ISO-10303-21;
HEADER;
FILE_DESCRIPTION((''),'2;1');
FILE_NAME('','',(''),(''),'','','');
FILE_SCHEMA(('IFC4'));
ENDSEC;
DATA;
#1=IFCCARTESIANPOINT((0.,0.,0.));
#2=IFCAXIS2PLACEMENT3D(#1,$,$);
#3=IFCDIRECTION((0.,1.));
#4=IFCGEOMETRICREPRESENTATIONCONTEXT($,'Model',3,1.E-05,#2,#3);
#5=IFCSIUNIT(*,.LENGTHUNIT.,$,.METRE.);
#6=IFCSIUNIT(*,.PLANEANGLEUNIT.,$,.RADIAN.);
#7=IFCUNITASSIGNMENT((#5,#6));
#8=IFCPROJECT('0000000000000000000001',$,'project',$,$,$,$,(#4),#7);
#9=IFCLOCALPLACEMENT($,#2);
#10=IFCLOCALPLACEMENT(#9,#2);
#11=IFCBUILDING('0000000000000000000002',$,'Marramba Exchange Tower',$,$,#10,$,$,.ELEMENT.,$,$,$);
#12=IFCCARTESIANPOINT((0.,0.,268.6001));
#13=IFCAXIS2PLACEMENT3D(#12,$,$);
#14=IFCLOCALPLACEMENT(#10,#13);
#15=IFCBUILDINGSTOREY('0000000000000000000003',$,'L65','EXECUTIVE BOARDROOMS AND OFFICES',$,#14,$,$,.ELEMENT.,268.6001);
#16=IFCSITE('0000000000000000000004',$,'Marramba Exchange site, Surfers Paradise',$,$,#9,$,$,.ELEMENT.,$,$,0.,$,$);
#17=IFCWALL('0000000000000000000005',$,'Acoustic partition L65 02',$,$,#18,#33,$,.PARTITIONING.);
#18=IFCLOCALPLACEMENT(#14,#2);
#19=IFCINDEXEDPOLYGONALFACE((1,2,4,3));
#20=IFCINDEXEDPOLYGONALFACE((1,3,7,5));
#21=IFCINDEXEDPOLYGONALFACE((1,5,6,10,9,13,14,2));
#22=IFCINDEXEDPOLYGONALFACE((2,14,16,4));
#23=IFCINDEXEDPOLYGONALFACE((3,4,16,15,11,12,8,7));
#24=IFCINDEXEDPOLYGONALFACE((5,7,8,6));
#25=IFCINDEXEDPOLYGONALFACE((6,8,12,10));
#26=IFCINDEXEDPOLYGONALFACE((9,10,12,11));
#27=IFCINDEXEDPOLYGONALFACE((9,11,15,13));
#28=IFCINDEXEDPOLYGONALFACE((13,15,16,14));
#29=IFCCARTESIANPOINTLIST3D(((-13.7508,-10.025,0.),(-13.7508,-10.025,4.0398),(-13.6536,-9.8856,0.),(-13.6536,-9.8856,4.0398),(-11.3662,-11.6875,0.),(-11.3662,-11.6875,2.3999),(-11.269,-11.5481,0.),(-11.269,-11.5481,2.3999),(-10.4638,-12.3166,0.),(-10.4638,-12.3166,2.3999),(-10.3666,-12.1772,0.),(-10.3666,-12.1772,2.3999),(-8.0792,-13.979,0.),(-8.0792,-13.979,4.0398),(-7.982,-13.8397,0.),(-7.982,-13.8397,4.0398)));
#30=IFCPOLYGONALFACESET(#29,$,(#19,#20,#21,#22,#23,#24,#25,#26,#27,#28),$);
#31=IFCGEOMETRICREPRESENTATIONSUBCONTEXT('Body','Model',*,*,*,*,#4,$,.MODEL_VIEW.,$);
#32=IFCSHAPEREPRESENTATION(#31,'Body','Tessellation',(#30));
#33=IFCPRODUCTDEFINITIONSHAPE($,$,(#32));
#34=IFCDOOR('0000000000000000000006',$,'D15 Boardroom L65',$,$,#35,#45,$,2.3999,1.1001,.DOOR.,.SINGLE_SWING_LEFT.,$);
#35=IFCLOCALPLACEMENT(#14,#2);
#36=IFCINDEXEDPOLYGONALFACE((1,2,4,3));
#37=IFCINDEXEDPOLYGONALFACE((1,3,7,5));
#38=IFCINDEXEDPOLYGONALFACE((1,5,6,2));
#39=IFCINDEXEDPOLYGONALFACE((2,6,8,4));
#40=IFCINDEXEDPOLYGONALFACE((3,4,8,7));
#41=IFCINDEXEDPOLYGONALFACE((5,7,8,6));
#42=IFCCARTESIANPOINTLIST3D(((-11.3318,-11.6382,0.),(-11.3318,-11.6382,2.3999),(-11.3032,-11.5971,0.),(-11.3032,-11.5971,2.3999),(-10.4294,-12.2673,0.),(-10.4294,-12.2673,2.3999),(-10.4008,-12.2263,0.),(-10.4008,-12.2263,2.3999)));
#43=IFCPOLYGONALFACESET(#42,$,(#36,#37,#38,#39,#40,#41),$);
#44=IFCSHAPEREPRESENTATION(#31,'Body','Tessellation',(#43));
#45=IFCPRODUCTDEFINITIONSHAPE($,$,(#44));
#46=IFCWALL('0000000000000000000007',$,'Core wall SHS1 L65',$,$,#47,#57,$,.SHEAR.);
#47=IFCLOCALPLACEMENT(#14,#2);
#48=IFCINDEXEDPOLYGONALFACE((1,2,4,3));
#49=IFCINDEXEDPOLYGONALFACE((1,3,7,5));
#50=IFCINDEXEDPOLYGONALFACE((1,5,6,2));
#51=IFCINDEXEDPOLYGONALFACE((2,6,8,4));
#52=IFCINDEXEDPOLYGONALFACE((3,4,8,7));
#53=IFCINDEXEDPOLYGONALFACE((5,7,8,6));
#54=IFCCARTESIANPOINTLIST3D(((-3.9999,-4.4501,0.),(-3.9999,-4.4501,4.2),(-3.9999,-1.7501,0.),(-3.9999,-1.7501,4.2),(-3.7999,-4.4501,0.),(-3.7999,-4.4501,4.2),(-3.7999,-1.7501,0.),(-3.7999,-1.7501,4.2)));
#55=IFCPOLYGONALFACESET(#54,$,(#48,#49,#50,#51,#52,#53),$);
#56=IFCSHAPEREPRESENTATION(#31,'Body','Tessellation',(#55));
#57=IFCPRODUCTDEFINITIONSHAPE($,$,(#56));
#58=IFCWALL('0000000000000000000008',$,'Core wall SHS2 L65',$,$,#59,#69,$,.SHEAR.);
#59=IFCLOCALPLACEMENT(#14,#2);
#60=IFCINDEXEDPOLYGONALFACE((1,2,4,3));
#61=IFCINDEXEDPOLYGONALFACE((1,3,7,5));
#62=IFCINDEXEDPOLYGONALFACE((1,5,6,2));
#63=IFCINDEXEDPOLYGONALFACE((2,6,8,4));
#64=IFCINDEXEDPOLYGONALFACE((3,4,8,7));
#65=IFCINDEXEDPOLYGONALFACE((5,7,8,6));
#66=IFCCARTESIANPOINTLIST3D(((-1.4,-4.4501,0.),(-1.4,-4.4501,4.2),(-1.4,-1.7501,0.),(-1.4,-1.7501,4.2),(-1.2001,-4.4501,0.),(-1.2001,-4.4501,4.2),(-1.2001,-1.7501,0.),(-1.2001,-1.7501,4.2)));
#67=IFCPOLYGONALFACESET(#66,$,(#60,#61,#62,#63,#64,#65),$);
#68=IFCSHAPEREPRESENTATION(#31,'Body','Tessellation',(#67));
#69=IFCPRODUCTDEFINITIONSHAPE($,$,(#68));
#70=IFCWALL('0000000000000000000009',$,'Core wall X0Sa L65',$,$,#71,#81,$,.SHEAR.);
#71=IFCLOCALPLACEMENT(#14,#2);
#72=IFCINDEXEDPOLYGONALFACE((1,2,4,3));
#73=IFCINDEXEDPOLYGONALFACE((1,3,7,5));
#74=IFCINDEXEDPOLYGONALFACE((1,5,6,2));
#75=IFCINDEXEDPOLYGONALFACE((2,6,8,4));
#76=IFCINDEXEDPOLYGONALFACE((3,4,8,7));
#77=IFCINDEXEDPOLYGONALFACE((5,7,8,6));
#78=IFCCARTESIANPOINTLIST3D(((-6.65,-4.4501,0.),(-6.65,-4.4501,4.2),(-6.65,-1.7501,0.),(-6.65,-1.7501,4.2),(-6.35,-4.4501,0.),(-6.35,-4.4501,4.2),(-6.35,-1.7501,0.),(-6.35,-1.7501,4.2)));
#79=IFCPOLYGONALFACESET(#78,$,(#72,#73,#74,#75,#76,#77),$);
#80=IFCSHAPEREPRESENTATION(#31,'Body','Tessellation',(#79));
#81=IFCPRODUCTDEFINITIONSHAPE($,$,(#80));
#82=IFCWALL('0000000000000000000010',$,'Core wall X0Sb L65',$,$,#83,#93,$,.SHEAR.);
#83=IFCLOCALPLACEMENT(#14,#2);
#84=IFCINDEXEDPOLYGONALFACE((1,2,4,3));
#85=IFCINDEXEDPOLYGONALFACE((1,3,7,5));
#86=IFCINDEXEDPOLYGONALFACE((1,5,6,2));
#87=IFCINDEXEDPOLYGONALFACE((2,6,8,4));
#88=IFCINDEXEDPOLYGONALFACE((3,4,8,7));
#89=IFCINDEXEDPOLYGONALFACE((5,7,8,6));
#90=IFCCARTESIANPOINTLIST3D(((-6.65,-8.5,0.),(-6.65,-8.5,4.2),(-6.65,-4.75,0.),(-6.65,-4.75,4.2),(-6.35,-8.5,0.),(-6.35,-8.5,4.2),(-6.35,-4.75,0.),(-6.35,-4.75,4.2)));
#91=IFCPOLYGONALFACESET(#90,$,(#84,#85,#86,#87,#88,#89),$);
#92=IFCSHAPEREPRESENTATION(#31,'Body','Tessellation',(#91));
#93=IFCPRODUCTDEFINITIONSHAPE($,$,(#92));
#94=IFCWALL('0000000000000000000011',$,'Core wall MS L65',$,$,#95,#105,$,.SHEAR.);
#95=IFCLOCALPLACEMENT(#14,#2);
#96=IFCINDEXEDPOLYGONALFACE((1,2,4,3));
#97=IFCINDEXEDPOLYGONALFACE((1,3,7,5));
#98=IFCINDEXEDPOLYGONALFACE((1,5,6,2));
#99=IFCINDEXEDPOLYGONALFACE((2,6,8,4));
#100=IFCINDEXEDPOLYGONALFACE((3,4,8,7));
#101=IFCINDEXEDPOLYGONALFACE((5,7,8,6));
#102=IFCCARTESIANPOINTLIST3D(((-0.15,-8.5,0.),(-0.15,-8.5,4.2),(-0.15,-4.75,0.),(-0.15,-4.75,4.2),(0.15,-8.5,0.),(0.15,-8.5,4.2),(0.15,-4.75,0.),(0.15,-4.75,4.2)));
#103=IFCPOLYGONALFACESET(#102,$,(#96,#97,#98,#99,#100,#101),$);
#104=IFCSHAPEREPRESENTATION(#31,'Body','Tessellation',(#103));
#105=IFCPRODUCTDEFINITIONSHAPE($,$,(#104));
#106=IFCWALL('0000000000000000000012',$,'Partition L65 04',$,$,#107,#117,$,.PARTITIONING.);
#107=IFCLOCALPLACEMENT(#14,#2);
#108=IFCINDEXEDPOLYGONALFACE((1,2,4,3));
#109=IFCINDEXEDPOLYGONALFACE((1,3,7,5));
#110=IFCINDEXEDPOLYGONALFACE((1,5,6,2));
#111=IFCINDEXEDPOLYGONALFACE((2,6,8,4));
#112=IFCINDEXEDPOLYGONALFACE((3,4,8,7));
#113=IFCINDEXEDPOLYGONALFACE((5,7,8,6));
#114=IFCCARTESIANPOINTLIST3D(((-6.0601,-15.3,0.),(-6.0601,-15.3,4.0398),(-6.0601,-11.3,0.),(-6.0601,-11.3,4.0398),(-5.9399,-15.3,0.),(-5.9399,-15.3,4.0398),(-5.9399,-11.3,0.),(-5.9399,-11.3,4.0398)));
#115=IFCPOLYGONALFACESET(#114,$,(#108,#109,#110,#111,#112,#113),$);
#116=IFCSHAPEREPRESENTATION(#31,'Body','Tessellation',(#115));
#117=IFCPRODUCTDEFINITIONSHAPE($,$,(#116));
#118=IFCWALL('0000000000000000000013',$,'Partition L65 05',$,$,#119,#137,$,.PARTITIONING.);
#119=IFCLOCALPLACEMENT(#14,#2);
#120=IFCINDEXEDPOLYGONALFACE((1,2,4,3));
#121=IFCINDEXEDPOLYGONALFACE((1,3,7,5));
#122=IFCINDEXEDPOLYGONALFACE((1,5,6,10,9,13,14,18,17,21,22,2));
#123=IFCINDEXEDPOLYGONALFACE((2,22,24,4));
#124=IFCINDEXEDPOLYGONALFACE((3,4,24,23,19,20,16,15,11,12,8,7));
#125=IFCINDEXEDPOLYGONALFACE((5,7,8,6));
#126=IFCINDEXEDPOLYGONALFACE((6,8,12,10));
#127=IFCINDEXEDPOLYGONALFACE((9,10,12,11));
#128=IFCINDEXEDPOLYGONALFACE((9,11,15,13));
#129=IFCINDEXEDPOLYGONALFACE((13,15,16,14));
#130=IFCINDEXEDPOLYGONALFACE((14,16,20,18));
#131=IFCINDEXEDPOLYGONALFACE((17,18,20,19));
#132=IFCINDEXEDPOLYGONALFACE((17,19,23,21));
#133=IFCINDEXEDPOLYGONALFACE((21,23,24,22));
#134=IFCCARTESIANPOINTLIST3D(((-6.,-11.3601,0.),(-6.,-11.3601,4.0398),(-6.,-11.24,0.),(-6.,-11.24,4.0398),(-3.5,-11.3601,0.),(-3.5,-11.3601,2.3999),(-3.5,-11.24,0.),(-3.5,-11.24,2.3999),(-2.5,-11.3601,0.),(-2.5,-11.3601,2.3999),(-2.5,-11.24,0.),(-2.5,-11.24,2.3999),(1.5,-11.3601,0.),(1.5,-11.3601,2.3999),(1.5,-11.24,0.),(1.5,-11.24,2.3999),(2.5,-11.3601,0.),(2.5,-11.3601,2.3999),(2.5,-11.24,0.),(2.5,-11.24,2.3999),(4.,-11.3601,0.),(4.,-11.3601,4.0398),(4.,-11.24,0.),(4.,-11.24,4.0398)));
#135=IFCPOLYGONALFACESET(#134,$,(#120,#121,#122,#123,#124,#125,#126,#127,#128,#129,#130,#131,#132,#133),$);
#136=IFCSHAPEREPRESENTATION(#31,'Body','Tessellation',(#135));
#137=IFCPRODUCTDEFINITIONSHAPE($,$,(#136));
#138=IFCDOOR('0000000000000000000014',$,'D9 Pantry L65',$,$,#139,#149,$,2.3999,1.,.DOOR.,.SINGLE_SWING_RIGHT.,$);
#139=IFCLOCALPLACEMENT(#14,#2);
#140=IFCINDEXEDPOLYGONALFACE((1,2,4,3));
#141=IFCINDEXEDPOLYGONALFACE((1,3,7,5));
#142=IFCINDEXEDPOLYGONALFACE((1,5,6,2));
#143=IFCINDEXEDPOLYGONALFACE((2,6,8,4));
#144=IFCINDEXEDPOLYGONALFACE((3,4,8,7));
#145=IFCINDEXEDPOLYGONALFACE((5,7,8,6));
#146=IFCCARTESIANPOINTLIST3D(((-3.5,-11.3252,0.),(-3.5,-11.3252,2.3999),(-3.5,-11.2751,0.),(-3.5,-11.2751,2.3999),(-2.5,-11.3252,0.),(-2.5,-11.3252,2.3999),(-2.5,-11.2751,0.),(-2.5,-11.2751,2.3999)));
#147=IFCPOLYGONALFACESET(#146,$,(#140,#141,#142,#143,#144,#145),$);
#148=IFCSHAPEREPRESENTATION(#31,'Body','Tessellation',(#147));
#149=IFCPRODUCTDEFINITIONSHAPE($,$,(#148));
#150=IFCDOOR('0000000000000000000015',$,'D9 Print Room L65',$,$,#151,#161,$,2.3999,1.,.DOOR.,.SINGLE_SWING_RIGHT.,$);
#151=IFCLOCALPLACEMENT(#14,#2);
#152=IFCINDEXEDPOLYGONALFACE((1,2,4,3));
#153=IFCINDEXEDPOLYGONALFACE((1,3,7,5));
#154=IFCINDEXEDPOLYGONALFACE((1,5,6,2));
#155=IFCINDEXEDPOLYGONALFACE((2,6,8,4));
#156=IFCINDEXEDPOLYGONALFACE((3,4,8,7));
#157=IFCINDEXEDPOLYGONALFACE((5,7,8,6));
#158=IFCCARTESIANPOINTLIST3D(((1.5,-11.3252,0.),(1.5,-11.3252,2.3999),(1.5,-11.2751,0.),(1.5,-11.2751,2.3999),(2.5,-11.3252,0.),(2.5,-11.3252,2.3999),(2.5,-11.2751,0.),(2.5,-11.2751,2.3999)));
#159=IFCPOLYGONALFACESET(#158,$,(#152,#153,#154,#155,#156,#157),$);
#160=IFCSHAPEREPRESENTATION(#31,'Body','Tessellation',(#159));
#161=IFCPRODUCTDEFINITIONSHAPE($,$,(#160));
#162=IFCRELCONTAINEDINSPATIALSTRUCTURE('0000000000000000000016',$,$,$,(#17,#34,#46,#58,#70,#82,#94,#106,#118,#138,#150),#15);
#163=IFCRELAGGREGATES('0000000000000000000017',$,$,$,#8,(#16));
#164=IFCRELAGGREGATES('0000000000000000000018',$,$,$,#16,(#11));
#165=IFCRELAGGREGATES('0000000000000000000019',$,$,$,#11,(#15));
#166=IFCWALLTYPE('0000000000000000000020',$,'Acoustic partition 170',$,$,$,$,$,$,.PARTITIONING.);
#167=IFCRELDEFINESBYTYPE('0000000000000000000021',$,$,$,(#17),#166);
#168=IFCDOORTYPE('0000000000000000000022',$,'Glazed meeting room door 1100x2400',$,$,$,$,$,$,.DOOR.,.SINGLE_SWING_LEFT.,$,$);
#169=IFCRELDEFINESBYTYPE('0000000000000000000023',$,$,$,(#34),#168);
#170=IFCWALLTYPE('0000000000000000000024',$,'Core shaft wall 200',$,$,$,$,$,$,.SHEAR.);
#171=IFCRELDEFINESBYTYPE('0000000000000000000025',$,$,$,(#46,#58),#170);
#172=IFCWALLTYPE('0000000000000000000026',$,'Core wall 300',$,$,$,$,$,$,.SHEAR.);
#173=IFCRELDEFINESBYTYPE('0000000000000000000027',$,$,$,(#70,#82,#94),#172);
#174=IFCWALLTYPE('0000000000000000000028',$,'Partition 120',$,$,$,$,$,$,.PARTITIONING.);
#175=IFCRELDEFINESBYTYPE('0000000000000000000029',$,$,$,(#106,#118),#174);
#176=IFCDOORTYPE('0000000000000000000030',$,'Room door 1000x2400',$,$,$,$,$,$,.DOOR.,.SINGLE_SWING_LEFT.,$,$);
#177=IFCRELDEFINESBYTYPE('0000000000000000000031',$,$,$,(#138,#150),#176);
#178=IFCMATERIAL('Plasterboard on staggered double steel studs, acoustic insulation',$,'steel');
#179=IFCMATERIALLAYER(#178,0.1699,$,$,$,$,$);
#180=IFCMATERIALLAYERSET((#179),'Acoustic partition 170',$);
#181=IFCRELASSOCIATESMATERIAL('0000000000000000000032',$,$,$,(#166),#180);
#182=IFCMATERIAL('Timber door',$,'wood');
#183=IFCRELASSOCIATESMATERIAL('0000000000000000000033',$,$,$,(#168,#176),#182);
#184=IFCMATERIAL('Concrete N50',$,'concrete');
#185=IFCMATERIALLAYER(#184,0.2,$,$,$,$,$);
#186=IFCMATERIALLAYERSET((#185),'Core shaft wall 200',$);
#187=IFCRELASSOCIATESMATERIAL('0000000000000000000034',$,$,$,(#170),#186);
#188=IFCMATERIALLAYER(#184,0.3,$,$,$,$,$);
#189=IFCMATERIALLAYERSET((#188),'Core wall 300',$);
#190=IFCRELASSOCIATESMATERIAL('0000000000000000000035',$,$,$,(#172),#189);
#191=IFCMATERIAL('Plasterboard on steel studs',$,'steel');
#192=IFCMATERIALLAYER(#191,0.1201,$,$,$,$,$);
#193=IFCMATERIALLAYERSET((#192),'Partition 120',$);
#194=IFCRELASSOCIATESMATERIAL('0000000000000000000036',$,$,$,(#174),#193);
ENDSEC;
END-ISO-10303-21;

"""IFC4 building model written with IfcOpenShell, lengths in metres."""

from ifc_helpers import new_model, si_unit, direction, frame, frame_2d, origin, place, context, subcontext, project, spatial, rectangle, extrude, material, layer, layer_set, type_object, element, fill, save


model = new_model("IFC4")

# Units and contexts
model_context = context("Model", 3, precision=1e-05, world=origin(), true_north=direction((0.0, 1.0)))
body_context = subcontext(model_context, "Body", "Model", "MODEL_VIEW")
ifc_project = project(units=[si_unit("LENGTHUNIT", "METRE"), si_unit("PLANEANGLEUNIT", "RADIAN")], contexts=[model_context])

# Site, building, storey
site_placement = place(None, origin())
site = spatial("IfcSite", under=ifc_project, at=site_placement, Name="Marramba Exchange site, Surfers Paradise", CompositionType="ELEMENT", RefElevation=0.0)
building_placement = place(site_placement, origin())
building = spatial("IfcBuilding", under=site, at=building_placement, Name="Marramba Exchange Tower", CompositionType="ELEMENT")
storey_placement = place(building_placement, frame((0.0, 0.0, 268.6001)))
storey = spatial("IfcBuildingStorey", under=building, at=storey_placement, Name="L65", Description="EXECUTIVE BOARDROOMS AND OFFICES", CompositionType="ELEMENT", Elevation=268.6001)

# Shared definitions
ifc_material_1 = material(Name="Concrete N50", Category="concrete")

# Wall, opening, door
ifc_material_2 = material(Name="Plasterboard on staggered double steel studs, acoustic insulation", Category="steel")
ifc_layer_1 = layer(ifc_material_2, 0.1699)
ifc_layer_set_1 = layer_set([ifc_layer_1], Name="Acoustic partition 170")
wall_type_1 = type_object("IfcWallType", Name="Acoustic partition 170", PredefinedType="PARTITIONING", material=ifc_layer_set_1)
wall_1_placement = place(storey_placement, frame((-8.0305, -13.9094, 0.0), z_axis=(0.0, 0.0, 1.0), x_axis=(-0.82032, 0.571904, 0.0)))
wall_1 = element("IfcWall", 1, at=wall_1_placement, inside=storey, type_object=wall_type_1, Name="Acoustic partition L65 02", PredefinedType="PARTITIONING", context=body_context, shape_type="SweptSolid", body=[
    extrude(rectangle(XDim=6.9138, YDim=0.1699, at=frame_2d((3.457, 0.0))), origin(), (0.0, 0.0, 1.0), 4.0398),
])
opening_1_placement = place(wall_1_placement, frame((2.907, 0.0, 0.0)))
opening_1 = element("IfcOpeningElement", 2, at=opening_1_placement, cuts=wall_1, PredefinedType="OPENING", context=body_context, shape_type="SweptSolid", body=[
    extrude(rectangle(XDim=1.1001, YDim=2.3999, at=frame_2d((0.55, 1.2))), frame((0.0, 0.095, 0.0), z_axis=(0.0, -1.0, 0.0), x_axis=(1.0, 0.0, 0.0)), (0.0, 0.0, 1.0), 0.1899),
])
ifc_material_3 = material(Name="Timber door", Category="wood")
door_type_1 = type_object("IfcDoorType", Name="Glazed meeting room door 1100x2400", OperationType="SINGLE_SWING_LEFT", PredefinedType="DOOR", material=ifc_material_3)
door_1_placement = place(opening_1_placement, origin())
door_1 = element("IfcDoor", 3, at=door_1_placement, inside=storey, type_object=door_type_1, Name="D15 Boardroom L65", OperationType="SINGLE_SWING_LEFT", OverallHeight=2.3999, OverallWidth=1.1001, PredefinedType="DOOR", context=body_context, shape_type="SweptSolid", body=[
    extrude(rectangle(XDim=1.1001, YDim=2.3999, at=frame_2d((0.55, 1.2))), frame((0.0, 0.0249, 0.0), z_axis=(0.0, -1.0, 0.0), x_axis=(1.0, 0.0, 0.0)), (0.0, 0.0, 1.0), 0.05),
])
fill(opening_1, door_1)

# Walls
ifc_layer_2 = layer(ifc_material_1, 0.2)
ifc_layer_set_2 = layer_set([ifc_layer_2], Name="Core shaft wall 200")
wall_type_2 = type_object("IfcWallType", Name="Core shaft wall 200", PredefinedType="SHEAR", material=ifc_layer_set_2)
for number, where, z_axis, x_axis, name in (
    (4, (-3.8999, -1.75, 0.0), (0.0, 0.0, 1.0), (0.0, -1.0, 0.0), "Core wall SHS1 L65"),
    (5, (-1.3, -1.75, 0.0), (0.0, 0.0, 1.0), (0.0, -1.0, 0.0), "Core wall SHS2 L65"),
):
    element("IfcWall", number, at=place(storey_placement, frame(where, z_axis=z_axis, x_axis=x_axis)), inside=storey, type_object=wall_type_2, Name=name, PredefinedType="SHEAR", context=body_context, shape_type="SweptSolid", body=[
        extrude(rectangle(XDim=2.7, YDim=0.2, at=frame_2d((1.3501, 0.0))), origin(), (0.0, 0.0, 1.0), 4.2),
    ])
ifc_layer_3 = layer(ifc_material_1, 0.3)
ifc_layer_set_3 = layer_set([ifc_layer_3], Name="Core wall 300")
wall_type_3 = type_object("IfcWallType", Name="Core wall 300", PredefinedType="SHEAR", material=ifc_layer_set_3)
wall_2_placement = place(storey_placement, frame((-6.5, -1.75, 0.0), z_axis=(0.0, 0.0, 1.0), x_axis=(0.0, -1.0, 0.0)))
element("IfcWall", 6, at=wall_2_placement, inside=storey, type_object=wall_type_3, Name="Core wall X0Sa L65", PredefinedType="SHEAR", context=body_context, shape_type="SweptSolid", body=[
    extrude(rectangle(XDim=2.7, YDim=0.3, at=frame_2d((1.3501, 0.0))), origin(), (0.0, 0.0, 1.0), 4.2),
])
for number, where, z_axis, x_axis, name in (
    (7, (-6.5, -4.75, 0.0), (0.0, 0.0, 1.0), (0.0, -1.0, 0.0), "Core wall X0Sb L65"),
    (8, (0.0, -4.75, 0.0), (0.0, 0.0, 1.0), (0.0, -1.0, 0.0), "Core wall MS L65"),
):
    element("IfcWall", number, at=place(storey_placement, frame(where, z_axis=z_axis, x_axis=x_axis)), inside=storey, type_object=wall_type_3, Name=name, PredefinedType="SHEAR", context=body_context, shape_type="SweptSolid", body=[
        extrude(rectangle(XDim=3.75, YDim=0.3, at=frame_2d((1.875, 0.0))), origin(), (0.0, 0.0, 1.0), 4.2),
    ])
ifc_material_4 = material(Name="Plasterboard on steel studs", Category="steel")
ifc_layer_4 = layer(ifc_material_4, 0.1201)
ifc_layer_set_4 = layer_set([ifc_layer_4], Name="Partition 120")
wall_type_4 = type_object("IfcWallType", Name="Partition 120", PredefinedType="PARTITIONING", material=ifc_layer_set_4)
wall_3_placement = place(storey_placement, frame((-6.0, -15.3, 0.0), z_axis=(0.0, 0.0, 1.0), x_axis=(0.0, 1.0, 0.0)))
element("IfcWall", 9, at=wall_3_placement, inside=storey, type_object=wall_type_4, Name="Partition L65 04", PredefinedType="PARTITIONING", context=body_context, shape_type="SweptSolid", body=[
    extrude(rectangle(XDim=4.0, YDim=0.1201, at=frame_2d((2.0, 0.0))), origin(), (0.0, 0.0, 1.0), 4.0398),
])

# Wall, openings, doors
wall_4_placement = place(storey_placement, frame((-6.0, -11.3, 0.0), z_axis=(0.0, 0.0, 1.0), x_axis=(1.0, 0.0, 0.0)))
wall_4 = element("IfcWall", 10, at=wall_4_placement, inside=storey, type_object=wall_type_4, Name="Partition L65 05", PredefinedType="PARTITIONING", context=body_context, shape_type="SweptSolid", body=[
    extrude(rectangle(XDim=10.0, YDim=0.1201, at=frame_2d((5.0, 0.0))), origin(), (0.0, 0.0, 1.0), 4.0398),
])
opening_2_placement = place(wall_4_placement, frame((2.5, 0.0, 0.0)))
opening_2 = element("IfcOpeningElement", 11, at=opening_2_placement, cuts=wall_4, PredefinedType="OPENING", context=body_context, shape_type="SweptSolid", body=[
    extrude(rectangle(XDim=1.0, YDim=2.3999, at=frame_2d((0.5, 1.2))), frame((0.0, 0.0701, 0.0), z_axis=(0.0, -1.0, 0.0), x_axis=(1.0, 0.0, 0.0)), (0.0, 0.0, 1.0), 0.1401),
])
opening_3_placement = place(wall_4_placement, frame((7.5, 0.0, 0.0)))
opening_3 = element("IfcOpeningElement", 12, at=opening_3_placement, cuts=wall_4, PredefinedType="OPENING", context=body_context, shape_type="SweptSolid", body=[
    extrude(rectangle(XDim=1.0, YDim=2.3999, at=frame_2d((0.5, 1.2))), frame((0.0, 0.0701, 0.0), z_axis=(0.0, -1.0, 0.0), x_axis=(1.0, 0.0, 0.0)), (0.0, 0.0, 1.0), 0.1401),
])
door_type_2 = type_object("IfcDoorType", Name="Room door 1000x2400", OperationType="SINGLE_SWING_LEFT", PredefinedType="DOOR", material=ifc_material_3)
door_2_placement = place(opening_2_placement, frame((1.0, 0.0, 0.0), z_axis=(0.0, 0.0, 1.0), x_axis=(-1.0, 0.0, 0.0)))
door_2 = element("IfcDoor", 13, at=door_2_placement, inside=storey, type_object=door_type_2, Name="D9 Pantry L65", OperationType="SINGLE_SWING_RIGHT", OverallHeight=2.3999, OverallWidth=1.0, PredefinedType="DOOR", context=body_context, shape_type="SweptSolid", body=[
    extrude(rectangle(XDim=1.0, YDim=2.3999, at=frame_2d((0.5, 1.2))), frame((0.0, 0.0251, 0.0), z_axis=(0.0, -1.0, 0.0), x_axis=(1.0, 0.0, 0.0)), (0.0, 0.0, 1.0), 0.05),
])
fill(opening_2, door_2)
door_3_placement = place(opening_3_placement, frame((1.0, 0.0, 0.0), z_axis=(0.0, 0.0, 1.0), x_axis=(-1.0, 0.0, 0.0)))
door_3 = element("IfcDoor", 14, at=door_3_placement, inside=storey, type_object=door_type_2, Name="D9 Print Room L65", OperationType="SINGLE_SWING_RIGHT", OverallHeight=2.3999, OverallWidth=1.0, PredefinedType="DOOR", context=body_context, shape_type="SweptSolid", body=[
    extrude(rectangle(XDim=1.0, YDim=2.3999, at=frame_2d((0.5, 1.2))), frame((0.0, 0.0251, 0.0), z_axis=(0.0, -1.0, 0.0), x_axis=(1.0, 0.0, 0.0)), (0.0, 0.0, 1.0), 0.05),
])
fill(opening_3, door_3)

save(model, "model.ifc")
